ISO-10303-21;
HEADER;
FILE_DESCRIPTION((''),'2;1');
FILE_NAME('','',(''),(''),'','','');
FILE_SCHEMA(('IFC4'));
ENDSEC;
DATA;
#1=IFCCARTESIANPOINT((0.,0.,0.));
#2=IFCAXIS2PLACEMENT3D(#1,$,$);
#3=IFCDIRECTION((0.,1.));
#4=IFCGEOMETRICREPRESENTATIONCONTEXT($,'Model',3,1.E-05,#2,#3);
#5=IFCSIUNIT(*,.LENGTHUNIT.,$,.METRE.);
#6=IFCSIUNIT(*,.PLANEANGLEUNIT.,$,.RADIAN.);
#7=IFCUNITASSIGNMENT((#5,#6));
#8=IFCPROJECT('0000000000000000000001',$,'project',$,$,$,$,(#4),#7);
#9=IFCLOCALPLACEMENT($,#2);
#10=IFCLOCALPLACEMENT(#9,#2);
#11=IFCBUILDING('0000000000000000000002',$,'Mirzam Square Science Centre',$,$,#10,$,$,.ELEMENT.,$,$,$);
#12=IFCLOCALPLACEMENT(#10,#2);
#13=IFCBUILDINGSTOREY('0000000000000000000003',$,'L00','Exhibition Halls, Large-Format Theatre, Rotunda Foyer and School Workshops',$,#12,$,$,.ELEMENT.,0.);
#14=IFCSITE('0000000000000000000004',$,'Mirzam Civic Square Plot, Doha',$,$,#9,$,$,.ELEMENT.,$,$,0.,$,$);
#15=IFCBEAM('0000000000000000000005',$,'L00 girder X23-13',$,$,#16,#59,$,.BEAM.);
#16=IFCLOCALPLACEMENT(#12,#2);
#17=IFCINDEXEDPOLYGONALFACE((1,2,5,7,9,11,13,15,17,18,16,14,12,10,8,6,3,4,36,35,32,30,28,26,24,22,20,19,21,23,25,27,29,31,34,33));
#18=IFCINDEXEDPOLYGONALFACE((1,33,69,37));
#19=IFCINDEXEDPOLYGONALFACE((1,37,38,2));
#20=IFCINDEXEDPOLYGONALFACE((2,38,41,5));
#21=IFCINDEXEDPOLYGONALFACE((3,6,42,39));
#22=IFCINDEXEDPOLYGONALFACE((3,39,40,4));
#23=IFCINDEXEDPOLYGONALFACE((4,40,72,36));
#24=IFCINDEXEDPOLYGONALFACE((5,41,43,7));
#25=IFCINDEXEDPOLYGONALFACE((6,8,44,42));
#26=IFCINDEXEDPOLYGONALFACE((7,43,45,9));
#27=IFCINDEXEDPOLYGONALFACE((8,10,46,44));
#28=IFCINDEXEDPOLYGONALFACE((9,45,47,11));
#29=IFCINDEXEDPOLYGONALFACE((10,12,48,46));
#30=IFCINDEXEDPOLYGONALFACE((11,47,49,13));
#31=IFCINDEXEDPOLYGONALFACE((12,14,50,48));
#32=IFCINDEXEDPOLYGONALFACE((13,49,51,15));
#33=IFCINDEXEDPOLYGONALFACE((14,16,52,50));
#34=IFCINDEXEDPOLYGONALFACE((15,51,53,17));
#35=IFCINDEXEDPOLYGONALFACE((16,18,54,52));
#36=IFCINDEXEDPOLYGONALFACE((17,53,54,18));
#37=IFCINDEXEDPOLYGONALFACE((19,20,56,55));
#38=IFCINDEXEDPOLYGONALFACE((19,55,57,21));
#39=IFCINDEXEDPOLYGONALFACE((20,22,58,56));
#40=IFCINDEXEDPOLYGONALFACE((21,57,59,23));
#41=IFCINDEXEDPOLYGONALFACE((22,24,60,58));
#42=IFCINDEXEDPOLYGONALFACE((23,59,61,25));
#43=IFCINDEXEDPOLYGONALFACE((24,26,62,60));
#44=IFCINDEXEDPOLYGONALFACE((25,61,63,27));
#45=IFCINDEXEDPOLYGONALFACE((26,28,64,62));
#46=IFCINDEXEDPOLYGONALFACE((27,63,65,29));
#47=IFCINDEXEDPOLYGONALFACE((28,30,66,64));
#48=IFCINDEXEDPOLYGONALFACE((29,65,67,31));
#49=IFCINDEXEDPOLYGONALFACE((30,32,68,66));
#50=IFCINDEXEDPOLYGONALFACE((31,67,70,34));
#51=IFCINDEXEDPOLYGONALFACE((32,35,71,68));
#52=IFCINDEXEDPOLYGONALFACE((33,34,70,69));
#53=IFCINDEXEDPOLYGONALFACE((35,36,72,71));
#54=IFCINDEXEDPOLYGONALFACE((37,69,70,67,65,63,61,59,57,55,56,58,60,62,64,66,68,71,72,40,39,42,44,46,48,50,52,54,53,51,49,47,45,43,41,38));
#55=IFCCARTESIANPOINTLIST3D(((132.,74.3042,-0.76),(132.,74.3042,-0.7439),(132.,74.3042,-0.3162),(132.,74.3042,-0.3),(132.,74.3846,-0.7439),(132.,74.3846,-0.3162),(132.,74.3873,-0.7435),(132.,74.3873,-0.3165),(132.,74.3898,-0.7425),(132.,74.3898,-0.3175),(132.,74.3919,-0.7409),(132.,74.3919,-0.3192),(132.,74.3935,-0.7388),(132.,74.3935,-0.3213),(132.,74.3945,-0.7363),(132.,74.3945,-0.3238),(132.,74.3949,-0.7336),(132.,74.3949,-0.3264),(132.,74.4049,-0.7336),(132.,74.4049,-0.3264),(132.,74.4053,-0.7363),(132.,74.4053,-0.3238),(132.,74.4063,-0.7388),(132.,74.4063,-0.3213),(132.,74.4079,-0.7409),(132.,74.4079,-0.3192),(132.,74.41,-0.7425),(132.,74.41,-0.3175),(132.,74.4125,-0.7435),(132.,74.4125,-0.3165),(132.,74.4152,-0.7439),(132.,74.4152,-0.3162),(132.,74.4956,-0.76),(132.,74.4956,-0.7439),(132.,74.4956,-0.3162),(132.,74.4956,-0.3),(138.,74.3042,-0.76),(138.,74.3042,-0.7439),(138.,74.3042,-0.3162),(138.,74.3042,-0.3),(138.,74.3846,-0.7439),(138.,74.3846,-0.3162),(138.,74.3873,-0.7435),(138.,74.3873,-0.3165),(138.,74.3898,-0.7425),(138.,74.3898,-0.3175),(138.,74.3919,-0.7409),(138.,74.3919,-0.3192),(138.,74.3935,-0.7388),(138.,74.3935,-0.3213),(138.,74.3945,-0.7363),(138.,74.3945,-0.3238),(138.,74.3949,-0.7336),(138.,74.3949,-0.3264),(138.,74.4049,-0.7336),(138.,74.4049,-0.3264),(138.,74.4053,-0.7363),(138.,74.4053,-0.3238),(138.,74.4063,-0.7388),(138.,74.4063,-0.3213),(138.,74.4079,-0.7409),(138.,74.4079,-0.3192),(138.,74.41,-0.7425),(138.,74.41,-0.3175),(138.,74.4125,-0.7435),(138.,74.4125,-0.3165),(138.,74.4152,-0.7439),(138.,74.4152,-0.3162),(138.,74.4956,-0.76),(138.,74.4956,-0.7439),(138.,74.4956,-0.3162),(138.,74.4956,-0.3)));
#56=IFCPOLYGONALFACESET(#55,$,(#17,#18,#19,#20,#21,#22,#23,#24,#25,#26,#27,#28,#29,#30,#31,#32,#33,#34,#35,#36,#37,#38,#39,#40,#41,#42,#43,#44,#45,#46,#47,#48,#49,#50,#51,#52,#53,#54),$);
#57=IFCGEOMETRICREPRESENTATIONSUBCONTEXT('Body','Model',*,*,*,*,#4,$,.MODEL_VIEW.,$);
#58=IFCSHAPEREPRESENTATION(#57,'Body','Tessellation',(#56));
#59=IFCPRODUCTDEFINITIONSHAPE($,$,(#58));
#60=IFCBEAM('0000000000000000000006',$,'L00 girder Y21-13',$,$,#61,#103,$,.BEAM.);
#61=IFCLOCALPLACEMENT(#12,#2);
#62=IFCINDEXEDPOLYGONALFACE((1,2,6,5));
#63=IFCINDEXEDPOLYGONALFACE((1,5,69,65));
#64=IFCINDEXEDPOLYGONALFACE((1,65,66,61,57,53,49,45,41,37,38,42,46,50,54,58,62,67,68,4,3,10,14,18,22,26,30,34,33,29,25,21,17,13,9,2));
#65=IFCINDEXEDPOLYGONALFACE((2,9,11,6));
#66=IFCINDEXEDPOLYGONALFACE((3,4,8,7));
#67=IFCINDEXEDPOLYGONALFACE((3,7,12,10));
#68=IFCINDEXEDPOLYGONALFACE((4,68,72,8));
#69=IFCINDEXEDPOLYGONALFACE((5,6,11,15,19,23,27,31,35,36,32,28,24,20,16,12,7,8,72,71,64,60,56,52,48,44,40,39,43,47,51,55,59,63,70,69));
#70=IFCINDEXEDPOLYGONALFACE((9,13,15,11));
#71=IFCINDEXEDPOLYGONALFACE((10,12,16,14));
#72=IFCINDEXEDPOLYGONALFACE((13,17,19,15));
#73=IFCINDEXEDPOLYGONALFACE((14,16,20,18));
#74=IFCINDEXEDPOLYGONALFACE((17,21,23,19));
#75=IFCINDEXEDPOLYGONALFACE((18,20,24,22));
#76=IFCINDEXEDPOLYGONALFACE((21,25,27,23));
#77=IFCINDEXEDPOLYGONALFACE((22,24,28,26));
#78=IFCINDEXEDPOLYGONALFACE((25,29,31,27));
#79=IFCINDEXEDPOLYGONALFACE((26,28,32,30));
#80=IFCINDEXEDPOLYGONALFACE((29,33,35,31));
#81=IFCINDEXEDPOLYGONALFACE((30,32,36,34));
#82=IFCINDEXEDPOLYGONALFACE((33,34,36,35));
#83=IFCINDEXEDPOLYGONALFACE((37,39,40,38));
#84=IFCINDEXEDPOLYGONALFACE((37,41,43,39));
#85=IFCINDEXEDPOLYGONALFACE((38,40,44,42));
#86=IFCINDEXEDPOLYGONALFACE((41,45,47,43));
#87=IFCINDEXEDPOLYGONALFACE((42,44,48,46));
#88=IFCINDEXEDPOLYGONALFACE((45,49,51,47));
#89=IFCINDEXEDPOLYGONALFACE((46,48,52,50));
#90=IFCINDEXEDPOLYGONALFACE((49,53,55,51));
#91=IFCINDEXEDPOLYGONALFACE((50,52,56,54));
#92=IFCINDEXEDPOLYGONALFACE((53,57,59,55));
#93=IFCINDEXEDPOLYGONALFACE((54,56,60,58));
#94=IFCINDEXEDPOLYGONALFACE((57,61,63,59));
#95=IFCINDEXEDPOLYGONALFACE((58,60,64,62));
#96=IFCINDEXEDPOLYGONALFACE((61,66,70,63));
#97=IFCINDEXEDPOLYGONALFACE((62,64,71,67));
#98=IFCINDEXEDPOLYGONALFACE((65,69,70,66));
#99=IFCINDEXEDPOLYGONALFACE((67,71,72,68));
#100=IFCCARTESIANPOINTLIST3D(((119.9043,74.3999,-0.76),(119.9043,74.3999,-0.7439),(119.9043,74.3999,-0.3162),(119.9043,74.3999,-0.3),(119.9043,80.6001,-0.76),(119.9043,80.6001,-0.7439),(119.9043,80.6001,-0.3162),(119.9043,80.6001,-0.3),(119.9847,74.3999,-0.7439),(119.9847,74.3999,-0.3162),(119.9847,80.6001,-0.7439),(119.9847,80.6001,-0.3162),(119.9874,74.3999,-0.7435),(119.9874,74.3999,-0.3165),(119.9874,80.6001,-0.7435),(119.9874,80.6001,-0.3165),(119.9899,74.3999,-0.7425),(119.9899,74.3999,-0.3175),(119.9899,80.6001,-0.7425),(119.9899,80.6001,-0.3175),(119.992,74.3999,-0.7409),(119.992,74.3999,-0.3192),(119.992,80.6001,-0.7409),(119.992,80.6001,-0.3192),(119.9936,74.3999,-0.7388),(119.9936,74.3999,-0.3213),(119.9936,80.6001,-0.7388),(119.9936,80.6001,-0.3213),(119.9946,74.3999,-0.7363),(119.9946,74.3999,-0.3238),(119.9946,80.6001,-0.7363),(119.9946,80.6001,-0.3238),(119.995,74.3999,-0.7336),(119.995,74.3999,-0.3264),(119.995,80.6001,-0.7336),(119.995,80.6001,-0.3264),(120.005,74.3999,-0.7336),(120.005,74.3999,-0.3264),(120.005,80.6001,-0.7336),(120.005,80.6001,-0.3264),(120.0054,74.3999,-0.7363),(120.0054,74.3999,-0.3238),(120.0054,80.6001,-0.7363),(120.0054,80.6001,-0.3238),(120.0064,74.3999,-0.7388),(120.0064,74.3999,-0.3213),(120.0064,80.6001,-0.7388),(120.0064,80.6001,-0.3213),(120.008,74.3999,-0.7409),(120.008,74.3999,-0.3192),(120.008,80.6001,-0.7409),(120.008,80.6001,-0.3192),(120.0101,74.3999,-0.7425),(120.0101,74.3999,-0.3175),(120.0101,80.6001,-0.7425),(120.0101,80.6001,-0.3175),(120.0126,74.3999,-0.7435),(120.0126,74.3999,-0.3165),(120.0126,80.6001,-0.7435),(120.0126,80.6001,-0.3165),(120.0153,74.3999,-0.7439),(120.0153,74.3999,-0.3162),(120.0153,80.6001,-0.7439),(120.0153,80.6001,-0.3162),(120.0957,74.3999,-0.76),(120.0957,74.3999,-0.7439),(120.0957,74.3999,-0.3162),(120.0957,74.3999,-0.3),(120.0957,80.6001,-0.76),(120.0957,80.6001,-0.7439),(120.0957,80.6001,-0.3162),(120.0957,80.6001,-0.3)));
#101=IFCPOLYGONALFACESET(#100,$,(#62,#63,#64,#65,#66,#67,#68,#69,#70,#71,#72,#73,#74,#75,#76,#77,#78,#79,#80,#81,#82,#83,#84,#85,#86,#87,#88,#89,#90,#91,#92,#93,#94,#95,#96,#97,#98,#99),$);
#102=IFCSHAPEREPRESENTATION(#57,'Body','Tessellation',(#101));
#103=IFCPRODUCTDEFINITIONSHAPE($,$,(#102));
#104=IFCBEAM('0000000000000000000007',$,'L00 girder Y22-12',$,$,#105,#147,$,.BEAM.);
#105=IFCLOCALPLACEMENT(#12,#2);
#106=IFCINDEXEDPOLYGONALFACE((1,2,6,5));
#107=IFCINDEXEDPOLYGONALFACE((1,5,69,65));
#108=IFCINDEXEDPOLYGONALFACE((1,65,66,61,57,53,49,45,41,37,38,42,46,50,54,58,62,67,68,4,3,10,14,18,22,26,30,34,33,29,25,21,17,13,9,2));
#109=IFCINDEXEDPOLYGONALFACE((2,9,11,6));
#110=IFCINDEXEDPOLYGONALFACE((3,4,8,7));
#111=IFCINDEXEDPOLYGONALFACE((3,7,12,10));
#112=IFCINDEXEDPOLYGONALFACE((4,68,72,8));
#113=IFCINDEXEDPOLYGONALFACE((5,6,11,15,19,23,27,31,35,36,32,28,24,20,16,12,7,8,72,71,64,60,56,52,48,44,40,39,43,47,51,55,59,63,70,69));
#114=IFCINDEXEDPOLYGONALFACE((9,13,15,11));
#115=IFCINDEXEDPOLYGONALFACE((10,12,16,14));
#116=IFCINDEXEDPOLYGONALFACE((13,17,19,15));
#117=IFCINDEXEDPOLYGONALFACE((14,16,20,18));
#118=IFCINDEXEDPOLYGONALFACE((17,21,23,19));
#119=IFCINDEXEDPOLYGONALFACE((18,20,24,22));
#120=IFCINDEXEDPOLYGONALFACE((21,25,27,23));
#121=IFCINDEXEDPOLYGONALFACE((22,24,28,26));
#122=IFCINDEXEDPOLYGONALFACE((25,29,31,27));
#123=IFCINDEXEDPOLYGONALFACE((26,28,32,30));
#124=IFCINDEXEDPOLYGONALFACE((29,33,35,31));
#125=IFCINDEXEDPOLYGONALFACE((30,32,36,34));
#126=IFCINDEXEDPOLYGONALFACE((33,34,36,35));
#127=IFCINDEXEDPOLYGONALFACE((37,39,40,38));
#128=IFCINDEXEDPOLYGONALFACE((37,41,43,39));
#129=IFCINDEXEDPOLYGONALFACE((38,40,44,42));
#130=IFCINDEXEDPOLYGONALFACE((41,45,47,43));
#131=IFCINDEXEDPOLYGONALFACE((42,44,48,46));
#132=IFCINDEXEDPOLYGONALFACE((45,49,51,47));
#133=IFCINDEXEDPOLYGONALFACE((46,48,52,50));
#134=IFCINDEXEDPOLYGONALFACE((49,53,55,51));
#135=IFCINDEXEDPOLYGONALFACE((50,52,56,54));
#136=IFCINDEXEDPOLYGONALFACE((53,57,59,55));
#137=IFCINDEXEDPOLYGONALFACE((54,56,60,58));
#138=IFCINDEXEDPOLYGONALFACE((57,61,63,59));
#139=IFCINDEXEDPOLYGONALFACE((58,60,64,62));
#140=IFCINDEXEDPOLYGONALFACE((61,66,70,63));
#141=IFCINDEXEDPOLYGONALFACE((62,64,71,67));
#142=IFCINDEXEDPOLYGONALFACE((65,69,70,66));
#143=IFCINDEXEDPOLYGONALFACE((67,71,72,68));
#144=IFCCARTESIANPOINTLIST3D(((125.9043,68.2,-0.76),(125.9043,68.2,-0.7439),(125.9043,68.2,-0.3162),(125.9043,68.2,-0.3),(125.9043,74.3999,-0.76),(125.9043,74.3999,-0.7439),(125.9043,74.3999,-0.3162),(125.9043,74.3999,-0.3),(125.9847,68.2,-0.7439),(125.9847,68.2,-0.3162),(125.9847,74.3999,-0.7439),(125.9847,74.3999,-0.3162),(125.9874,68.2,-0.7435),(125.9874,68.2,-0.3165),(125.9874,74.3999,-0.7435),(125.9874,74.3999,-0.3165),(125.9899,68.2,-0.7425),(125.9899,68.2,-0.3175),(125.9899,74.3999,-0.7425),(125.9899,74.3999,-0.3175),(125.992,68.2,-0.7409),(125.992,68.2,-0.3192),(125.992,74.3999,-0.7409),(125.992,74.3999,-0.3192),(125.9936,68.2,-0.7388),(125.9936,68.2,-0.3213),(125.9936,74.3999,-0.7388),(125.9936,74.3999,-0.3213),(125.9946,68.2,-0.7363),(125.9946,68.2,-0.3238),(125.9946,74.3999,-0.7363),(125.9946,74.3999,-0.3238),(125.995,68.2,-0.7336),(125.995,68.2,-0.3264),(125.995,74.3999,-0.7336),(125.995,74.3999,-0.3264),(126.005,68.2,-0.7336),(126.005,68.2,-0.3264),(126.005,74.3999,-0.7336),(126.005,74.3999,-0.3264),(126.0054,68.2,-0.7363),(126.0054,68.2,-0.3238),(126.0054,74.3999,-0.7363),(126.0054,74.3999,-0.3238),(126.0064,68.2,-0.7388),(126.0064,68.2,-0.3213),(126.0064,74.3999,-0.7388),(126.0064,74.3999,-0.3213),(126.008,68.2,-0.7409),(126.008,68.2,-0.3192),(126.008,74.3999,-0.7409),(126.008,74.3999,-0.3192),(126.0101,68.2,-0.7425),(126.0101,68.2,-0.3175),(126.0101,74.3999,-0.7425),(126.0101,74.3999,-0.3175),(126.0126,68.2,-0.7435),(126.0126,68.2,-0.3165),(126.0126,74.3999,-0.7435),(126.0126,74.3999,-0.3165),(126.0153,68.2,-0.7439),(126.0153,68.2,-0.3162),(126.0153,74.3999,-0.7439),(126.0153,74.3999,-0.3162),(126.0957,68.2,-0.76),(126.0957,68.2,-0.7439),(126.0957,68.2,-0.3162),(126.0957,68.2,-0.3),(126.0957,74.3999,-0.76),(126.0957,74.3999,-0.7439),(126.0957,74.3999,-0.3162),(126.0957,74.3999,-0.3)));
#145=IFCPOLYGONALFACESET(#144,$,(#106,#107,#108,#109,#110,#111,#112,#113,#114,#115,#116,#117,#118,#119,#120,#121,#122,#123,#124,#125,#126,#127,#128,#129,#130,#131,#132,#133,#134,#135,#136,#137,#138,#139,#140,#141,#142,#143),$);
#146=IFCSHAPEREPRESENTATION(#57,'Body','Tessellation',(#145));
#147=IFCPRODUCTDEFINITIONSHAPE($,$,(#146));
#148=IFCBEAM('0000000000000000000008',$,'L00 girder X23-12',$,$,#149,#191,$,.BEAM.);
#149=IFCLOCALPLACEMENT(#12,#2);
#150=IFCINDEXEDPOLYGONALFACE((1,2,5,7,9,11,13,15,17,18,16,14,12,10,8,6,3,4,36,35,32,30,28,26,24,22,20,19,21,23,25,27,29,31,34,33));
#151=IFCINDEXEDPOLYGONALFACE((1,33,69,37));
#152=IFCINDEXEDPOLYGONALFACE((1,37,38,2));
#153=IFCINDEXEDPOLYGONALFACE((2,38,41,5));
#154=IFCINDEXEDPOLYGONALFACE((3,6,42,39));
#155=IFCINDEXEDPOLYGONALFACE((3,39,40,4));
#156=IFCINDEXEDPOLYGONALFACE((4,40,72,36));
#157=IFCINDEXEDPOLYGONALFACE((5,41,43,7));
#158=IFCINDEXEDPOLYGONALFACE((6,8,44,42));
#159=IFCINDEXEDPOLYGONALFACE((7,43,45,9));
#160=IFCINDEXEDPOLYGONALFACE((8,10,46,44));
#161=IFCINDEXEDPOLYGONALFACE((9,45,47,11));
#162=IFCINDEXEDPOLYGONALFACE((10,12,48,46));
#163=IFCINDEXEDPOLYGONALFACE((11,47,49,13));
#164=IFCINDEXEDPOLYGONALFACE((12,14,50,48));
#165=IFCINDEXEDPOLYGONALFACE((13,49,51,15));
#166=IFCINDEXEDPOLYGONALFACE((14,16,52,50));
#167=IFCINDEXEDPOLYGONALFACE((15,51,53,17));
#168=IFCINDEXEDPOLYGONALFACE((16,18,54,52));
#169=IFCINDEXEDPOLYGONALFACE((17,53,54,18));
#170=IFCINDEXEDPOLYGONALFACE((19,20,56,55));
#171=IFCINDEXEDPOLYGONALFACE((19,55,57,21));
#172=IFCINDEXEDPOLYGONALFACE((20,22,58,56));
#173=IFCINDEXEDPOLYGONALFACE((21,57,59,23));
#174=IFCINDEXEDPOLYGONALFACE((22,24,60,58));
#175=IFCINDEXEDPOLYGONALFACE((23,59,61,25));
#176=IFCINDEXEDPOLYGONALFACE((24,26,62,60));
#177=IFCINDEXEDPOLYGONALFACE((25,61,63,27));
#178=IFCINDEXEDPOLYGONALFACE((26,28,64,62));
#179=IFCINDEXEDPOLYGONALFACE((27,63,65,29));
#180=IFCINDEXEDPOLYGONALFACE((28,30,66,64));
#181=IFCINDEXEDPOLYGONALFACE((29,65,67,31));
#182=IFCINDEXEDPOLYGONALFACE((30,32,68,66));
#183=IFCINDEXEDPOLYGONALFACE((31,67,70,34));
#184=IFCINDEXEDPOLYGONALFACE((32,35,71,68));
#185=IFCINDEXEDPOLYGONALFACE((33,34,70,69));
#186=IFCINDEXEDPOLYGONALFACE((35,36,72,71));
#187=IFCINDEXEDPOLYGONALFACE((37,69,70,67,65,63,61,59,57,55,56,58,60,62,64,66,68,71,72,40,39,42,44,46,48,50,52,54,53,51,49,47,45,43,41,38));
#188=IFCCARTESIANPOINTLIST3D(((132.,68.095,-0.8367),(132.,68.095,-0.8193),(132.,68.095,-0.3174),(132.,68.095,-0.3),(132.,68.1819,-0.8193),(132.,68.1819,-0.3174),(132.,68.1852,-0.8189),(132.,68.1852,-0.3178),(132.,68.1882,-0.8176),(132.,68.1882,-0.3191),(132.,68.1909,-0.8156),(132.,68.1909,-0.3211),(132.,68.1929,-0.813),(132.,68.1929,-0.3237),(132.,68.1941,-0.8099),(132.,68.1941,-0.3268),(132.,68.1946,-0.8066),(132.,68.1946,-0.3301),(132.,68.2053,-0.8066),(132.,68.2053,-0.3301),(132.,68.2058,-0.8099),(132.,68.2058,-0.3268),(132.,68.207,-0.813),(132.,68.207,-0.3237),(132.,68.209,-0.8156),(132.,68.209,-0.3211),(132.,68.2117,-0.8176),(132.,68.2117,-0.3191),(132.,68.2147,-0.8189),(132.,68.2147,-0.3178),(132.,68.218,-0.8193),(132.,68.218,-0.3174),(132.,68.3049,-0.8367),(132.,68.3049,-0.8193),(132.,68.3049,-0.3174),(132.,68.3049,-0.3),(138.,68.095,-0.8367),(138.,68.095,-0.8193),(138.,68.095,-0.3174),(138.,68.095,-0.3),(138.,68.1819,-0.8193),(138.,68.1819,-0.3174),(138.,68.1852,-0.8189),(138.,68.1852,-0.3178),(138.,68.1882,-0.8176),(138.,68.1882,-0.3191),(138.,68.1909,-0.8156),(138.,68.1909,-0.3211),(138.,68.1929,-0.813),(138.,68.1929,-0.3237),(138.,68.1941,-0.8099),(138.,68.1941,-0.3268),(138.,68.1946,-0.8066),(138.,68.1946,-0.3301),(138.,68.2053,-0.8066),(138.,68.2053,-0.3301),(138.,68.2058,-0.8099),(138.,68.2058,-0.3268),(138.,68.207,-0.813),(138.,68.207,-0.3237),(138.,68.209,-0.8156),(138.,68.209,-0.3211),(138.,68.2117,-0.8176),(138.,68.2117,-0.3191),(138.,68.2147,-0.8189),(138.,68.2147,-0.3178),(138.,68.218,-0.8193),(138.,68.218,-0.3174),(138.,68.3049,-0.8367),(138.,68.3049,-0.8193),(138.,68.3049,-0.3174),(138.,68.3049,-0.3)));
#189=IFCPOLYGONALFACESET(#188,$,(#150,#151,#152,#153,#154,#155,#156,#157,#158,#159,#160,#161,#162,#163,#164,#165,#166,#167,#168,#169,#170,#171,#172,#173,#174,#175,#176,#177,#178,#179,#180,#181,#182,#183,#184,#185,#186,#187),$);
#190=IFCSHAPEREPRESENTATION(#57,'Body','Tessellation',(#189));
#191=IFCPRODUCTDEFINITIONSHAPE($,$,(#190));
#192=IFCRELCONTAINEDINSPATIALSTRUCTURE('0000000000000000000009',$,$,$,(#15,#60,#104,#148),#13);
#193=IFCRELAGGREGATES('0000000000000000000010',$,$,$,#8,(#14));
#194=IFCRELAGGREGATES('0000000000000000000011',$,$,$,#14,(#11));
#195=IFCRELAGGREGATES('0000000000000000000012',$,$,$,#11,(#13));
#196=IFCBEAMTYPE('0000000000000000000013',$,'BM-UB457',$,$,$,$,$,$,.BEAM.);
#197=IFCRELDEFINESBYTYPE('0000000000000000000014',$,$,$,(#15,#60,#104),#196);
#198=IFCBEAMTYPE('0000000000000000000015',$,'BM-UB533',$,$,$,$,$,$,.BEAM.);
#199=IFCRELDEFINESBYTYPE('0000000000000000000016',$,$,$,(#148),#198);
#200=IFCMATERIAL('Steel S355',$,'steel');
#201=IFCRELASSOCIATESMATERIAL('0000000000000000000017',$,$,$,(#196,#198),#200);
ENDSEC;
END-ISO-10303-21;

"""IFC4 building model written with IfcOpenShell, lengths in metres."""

from ifc_helpers import new_model, si_unit, direction, frame, origin, origin_2d, place, context, subcontext, project, spatial, i_section, extrude, material, material_profile, profile_set, type_object, element, save


model = new_model("IFC4")

# Units and contexts
model_context = context("Model", 3, precision=1e-05, world=origin(), true_north=direction((0.0, 1.0)))
body_context = subcontext(model_context, "Body", "Model", "MODEL_VIEW")
ifc_project = project(units=[si_unit("LENGTHUNIT", "METRE"), si_unit("PLANEANGLEUNIT", "RADIAN")], contexts=[model_context])

# Site, building, storey
site_placement = place(None, origin())
site = spatial("IfcSite", under=ifc_project, at=site_placement, Name="Mirzam Civic Square Plot, Doha", CompositionType="ELEMENT", RefElevation=0.0)
building_placement = place(site_placement, origin())
building = spatial("IfcBuilding", under=site, at=building_placement, Name="Mirzam Square Science Centre", CompositionType="ELEMENT")
storey_placement = place(building_placement, origin())
storey = spatial("IfcBuildingStorey", under=building, at=storey_placement, Name="L00", Description="Exhibition Halls, Large-Format Theatre, Rotunda Foyer and School Workshops", CompositionType="ELEMENT", Elevation=0.0)

# Shared definitions
ifc_material_1 = material(Name="Steel S355", Category="steel")

# Beams
ifc_material_profile_1 = material_profile(ifc_material_1, i_section(OverallWidth=0.1914, OverallDepth=0.46, WebThickness=0.01, FlangeThickness=0.0161, FilletRadius=0.0103, at=origin_2d()), Name="457x191x82UB")
ifc_profile_set_1 = profile_set([ifc_material_profile_1], Name="Steel S355")
beam_type_1 = type_object("IfcBeamType", Name="BM-UB457", PredefinedType="BEAM", material=ifc_profile_set_1)
beam_1_placement = place(storey_placement, frame((132.0, 74.3999, -0.53), z_axis=(1.0, 0.0, 0.0), x_axis=(0.0, 1.0, 0.0)))
element("IfcBeam", 1, at=beam_1_placement, inside=storey, type_object=beam_type_1, Name="L00 girder X23-13", PredefinedType="BEAM", context=body_context, shape_type="SweptSolid", body=[
    extrude(i_section(OverallWidth=0.1914, OverallDepth=0.46, WebThickness=0.01, FlangeThickness=0.0161, FilletRadius=0.0103, at=origin_2d()), origin(), (0.0, 0.0, 1.0), 6.0),
])
beam_2_placement = place(storey_placement, frame((120.0, 74.3999, -0.53), z_axis=(0.0, 1.0, 0.0), x_axis=(-1.0, 0.0, 0.0)))
element("IfcBeam", 2, at=beam_2_placement, inside=storey, type_object=beam_type_1, Name="L00 girder Y21-13", PredefinedType="BEAM", context=body_context, shape_type="SweptSolid", body=[
    extrude(i_section(OverallWidth=0.1914, OverallDepth=0.46, WebThickness=0.01, FlangeThickness=0.0161, FilletRadius=0.0103, at=origin_2d()), origin(), (0.0, 0.0, 1.0), 6.2002),
])
beam_3_placement = place(storey_placement, frame((126.0, 68.2, -0.53), z_axis=(0.0, 1.0, 0.0), x_axis=(-1.0, 0.0, 0.0)))
element("IfcBeam", 3, at=beam_3_placement, inside=storey, type_object=beam_type_1, Name="L00 girder Y22-12", PredefinedType="BEAM", context=body_context, shape_type="SweptSolid", body=[
    extrude(i_section(OverallWidth=0.1914, OverallDepth=0.46, WebThickness=0.01, FlangeThickness=0.0161, FilletRadius=0.0103, at=origin_2d()), origin(), (0.0, 0.0, 1.0), 6.2),
])
ifc_material_profile_2 = material_profile(ifc_material_1, i_section(OverallWidth=0.21, OverallDepth=0.5366, WebThickness=0.0107, FlangeThickness=0.0173, FilletRadius=0.0127, at=origin_2d()), Name="533x210x101UB")
ifc_profile_set_2 = profile_set([ifc_material_profile_2], Name="Steel S355")
beam_type_2 = type_object("IfcBeamType", Name="BM-UB533", PredefinedType="BEAM", material=ifc_profile_set_2)
for number, where, z_axis, x_axis, name in (
    (4, (132.0, 68.2, -0.5684), (1.0, 0.0, 0.0), (0.0, 1.0, 0.0), "L00 girder X23-12"),
):
    element("IfcBeam", number, at=place(storey_placement, frame(where, z_axis=z_axis, x_axis=x_axis)), inside=storey, type_object=beam_type_2, Name=name, PredefinedType="BEAM", context=body_context, shape_type="SweptSolid", body=[
        extrude(i_section(OverallWidth=0.21, OverallDepth=0.5366, WebThickness=0.0107, FlangeThickness=0.0173, FilletRadius=0.0127, at=origin_2d()), origin(), (0.0, 0.0, 1.0), 6.0),
    ])

save(model, "model.ifc")
